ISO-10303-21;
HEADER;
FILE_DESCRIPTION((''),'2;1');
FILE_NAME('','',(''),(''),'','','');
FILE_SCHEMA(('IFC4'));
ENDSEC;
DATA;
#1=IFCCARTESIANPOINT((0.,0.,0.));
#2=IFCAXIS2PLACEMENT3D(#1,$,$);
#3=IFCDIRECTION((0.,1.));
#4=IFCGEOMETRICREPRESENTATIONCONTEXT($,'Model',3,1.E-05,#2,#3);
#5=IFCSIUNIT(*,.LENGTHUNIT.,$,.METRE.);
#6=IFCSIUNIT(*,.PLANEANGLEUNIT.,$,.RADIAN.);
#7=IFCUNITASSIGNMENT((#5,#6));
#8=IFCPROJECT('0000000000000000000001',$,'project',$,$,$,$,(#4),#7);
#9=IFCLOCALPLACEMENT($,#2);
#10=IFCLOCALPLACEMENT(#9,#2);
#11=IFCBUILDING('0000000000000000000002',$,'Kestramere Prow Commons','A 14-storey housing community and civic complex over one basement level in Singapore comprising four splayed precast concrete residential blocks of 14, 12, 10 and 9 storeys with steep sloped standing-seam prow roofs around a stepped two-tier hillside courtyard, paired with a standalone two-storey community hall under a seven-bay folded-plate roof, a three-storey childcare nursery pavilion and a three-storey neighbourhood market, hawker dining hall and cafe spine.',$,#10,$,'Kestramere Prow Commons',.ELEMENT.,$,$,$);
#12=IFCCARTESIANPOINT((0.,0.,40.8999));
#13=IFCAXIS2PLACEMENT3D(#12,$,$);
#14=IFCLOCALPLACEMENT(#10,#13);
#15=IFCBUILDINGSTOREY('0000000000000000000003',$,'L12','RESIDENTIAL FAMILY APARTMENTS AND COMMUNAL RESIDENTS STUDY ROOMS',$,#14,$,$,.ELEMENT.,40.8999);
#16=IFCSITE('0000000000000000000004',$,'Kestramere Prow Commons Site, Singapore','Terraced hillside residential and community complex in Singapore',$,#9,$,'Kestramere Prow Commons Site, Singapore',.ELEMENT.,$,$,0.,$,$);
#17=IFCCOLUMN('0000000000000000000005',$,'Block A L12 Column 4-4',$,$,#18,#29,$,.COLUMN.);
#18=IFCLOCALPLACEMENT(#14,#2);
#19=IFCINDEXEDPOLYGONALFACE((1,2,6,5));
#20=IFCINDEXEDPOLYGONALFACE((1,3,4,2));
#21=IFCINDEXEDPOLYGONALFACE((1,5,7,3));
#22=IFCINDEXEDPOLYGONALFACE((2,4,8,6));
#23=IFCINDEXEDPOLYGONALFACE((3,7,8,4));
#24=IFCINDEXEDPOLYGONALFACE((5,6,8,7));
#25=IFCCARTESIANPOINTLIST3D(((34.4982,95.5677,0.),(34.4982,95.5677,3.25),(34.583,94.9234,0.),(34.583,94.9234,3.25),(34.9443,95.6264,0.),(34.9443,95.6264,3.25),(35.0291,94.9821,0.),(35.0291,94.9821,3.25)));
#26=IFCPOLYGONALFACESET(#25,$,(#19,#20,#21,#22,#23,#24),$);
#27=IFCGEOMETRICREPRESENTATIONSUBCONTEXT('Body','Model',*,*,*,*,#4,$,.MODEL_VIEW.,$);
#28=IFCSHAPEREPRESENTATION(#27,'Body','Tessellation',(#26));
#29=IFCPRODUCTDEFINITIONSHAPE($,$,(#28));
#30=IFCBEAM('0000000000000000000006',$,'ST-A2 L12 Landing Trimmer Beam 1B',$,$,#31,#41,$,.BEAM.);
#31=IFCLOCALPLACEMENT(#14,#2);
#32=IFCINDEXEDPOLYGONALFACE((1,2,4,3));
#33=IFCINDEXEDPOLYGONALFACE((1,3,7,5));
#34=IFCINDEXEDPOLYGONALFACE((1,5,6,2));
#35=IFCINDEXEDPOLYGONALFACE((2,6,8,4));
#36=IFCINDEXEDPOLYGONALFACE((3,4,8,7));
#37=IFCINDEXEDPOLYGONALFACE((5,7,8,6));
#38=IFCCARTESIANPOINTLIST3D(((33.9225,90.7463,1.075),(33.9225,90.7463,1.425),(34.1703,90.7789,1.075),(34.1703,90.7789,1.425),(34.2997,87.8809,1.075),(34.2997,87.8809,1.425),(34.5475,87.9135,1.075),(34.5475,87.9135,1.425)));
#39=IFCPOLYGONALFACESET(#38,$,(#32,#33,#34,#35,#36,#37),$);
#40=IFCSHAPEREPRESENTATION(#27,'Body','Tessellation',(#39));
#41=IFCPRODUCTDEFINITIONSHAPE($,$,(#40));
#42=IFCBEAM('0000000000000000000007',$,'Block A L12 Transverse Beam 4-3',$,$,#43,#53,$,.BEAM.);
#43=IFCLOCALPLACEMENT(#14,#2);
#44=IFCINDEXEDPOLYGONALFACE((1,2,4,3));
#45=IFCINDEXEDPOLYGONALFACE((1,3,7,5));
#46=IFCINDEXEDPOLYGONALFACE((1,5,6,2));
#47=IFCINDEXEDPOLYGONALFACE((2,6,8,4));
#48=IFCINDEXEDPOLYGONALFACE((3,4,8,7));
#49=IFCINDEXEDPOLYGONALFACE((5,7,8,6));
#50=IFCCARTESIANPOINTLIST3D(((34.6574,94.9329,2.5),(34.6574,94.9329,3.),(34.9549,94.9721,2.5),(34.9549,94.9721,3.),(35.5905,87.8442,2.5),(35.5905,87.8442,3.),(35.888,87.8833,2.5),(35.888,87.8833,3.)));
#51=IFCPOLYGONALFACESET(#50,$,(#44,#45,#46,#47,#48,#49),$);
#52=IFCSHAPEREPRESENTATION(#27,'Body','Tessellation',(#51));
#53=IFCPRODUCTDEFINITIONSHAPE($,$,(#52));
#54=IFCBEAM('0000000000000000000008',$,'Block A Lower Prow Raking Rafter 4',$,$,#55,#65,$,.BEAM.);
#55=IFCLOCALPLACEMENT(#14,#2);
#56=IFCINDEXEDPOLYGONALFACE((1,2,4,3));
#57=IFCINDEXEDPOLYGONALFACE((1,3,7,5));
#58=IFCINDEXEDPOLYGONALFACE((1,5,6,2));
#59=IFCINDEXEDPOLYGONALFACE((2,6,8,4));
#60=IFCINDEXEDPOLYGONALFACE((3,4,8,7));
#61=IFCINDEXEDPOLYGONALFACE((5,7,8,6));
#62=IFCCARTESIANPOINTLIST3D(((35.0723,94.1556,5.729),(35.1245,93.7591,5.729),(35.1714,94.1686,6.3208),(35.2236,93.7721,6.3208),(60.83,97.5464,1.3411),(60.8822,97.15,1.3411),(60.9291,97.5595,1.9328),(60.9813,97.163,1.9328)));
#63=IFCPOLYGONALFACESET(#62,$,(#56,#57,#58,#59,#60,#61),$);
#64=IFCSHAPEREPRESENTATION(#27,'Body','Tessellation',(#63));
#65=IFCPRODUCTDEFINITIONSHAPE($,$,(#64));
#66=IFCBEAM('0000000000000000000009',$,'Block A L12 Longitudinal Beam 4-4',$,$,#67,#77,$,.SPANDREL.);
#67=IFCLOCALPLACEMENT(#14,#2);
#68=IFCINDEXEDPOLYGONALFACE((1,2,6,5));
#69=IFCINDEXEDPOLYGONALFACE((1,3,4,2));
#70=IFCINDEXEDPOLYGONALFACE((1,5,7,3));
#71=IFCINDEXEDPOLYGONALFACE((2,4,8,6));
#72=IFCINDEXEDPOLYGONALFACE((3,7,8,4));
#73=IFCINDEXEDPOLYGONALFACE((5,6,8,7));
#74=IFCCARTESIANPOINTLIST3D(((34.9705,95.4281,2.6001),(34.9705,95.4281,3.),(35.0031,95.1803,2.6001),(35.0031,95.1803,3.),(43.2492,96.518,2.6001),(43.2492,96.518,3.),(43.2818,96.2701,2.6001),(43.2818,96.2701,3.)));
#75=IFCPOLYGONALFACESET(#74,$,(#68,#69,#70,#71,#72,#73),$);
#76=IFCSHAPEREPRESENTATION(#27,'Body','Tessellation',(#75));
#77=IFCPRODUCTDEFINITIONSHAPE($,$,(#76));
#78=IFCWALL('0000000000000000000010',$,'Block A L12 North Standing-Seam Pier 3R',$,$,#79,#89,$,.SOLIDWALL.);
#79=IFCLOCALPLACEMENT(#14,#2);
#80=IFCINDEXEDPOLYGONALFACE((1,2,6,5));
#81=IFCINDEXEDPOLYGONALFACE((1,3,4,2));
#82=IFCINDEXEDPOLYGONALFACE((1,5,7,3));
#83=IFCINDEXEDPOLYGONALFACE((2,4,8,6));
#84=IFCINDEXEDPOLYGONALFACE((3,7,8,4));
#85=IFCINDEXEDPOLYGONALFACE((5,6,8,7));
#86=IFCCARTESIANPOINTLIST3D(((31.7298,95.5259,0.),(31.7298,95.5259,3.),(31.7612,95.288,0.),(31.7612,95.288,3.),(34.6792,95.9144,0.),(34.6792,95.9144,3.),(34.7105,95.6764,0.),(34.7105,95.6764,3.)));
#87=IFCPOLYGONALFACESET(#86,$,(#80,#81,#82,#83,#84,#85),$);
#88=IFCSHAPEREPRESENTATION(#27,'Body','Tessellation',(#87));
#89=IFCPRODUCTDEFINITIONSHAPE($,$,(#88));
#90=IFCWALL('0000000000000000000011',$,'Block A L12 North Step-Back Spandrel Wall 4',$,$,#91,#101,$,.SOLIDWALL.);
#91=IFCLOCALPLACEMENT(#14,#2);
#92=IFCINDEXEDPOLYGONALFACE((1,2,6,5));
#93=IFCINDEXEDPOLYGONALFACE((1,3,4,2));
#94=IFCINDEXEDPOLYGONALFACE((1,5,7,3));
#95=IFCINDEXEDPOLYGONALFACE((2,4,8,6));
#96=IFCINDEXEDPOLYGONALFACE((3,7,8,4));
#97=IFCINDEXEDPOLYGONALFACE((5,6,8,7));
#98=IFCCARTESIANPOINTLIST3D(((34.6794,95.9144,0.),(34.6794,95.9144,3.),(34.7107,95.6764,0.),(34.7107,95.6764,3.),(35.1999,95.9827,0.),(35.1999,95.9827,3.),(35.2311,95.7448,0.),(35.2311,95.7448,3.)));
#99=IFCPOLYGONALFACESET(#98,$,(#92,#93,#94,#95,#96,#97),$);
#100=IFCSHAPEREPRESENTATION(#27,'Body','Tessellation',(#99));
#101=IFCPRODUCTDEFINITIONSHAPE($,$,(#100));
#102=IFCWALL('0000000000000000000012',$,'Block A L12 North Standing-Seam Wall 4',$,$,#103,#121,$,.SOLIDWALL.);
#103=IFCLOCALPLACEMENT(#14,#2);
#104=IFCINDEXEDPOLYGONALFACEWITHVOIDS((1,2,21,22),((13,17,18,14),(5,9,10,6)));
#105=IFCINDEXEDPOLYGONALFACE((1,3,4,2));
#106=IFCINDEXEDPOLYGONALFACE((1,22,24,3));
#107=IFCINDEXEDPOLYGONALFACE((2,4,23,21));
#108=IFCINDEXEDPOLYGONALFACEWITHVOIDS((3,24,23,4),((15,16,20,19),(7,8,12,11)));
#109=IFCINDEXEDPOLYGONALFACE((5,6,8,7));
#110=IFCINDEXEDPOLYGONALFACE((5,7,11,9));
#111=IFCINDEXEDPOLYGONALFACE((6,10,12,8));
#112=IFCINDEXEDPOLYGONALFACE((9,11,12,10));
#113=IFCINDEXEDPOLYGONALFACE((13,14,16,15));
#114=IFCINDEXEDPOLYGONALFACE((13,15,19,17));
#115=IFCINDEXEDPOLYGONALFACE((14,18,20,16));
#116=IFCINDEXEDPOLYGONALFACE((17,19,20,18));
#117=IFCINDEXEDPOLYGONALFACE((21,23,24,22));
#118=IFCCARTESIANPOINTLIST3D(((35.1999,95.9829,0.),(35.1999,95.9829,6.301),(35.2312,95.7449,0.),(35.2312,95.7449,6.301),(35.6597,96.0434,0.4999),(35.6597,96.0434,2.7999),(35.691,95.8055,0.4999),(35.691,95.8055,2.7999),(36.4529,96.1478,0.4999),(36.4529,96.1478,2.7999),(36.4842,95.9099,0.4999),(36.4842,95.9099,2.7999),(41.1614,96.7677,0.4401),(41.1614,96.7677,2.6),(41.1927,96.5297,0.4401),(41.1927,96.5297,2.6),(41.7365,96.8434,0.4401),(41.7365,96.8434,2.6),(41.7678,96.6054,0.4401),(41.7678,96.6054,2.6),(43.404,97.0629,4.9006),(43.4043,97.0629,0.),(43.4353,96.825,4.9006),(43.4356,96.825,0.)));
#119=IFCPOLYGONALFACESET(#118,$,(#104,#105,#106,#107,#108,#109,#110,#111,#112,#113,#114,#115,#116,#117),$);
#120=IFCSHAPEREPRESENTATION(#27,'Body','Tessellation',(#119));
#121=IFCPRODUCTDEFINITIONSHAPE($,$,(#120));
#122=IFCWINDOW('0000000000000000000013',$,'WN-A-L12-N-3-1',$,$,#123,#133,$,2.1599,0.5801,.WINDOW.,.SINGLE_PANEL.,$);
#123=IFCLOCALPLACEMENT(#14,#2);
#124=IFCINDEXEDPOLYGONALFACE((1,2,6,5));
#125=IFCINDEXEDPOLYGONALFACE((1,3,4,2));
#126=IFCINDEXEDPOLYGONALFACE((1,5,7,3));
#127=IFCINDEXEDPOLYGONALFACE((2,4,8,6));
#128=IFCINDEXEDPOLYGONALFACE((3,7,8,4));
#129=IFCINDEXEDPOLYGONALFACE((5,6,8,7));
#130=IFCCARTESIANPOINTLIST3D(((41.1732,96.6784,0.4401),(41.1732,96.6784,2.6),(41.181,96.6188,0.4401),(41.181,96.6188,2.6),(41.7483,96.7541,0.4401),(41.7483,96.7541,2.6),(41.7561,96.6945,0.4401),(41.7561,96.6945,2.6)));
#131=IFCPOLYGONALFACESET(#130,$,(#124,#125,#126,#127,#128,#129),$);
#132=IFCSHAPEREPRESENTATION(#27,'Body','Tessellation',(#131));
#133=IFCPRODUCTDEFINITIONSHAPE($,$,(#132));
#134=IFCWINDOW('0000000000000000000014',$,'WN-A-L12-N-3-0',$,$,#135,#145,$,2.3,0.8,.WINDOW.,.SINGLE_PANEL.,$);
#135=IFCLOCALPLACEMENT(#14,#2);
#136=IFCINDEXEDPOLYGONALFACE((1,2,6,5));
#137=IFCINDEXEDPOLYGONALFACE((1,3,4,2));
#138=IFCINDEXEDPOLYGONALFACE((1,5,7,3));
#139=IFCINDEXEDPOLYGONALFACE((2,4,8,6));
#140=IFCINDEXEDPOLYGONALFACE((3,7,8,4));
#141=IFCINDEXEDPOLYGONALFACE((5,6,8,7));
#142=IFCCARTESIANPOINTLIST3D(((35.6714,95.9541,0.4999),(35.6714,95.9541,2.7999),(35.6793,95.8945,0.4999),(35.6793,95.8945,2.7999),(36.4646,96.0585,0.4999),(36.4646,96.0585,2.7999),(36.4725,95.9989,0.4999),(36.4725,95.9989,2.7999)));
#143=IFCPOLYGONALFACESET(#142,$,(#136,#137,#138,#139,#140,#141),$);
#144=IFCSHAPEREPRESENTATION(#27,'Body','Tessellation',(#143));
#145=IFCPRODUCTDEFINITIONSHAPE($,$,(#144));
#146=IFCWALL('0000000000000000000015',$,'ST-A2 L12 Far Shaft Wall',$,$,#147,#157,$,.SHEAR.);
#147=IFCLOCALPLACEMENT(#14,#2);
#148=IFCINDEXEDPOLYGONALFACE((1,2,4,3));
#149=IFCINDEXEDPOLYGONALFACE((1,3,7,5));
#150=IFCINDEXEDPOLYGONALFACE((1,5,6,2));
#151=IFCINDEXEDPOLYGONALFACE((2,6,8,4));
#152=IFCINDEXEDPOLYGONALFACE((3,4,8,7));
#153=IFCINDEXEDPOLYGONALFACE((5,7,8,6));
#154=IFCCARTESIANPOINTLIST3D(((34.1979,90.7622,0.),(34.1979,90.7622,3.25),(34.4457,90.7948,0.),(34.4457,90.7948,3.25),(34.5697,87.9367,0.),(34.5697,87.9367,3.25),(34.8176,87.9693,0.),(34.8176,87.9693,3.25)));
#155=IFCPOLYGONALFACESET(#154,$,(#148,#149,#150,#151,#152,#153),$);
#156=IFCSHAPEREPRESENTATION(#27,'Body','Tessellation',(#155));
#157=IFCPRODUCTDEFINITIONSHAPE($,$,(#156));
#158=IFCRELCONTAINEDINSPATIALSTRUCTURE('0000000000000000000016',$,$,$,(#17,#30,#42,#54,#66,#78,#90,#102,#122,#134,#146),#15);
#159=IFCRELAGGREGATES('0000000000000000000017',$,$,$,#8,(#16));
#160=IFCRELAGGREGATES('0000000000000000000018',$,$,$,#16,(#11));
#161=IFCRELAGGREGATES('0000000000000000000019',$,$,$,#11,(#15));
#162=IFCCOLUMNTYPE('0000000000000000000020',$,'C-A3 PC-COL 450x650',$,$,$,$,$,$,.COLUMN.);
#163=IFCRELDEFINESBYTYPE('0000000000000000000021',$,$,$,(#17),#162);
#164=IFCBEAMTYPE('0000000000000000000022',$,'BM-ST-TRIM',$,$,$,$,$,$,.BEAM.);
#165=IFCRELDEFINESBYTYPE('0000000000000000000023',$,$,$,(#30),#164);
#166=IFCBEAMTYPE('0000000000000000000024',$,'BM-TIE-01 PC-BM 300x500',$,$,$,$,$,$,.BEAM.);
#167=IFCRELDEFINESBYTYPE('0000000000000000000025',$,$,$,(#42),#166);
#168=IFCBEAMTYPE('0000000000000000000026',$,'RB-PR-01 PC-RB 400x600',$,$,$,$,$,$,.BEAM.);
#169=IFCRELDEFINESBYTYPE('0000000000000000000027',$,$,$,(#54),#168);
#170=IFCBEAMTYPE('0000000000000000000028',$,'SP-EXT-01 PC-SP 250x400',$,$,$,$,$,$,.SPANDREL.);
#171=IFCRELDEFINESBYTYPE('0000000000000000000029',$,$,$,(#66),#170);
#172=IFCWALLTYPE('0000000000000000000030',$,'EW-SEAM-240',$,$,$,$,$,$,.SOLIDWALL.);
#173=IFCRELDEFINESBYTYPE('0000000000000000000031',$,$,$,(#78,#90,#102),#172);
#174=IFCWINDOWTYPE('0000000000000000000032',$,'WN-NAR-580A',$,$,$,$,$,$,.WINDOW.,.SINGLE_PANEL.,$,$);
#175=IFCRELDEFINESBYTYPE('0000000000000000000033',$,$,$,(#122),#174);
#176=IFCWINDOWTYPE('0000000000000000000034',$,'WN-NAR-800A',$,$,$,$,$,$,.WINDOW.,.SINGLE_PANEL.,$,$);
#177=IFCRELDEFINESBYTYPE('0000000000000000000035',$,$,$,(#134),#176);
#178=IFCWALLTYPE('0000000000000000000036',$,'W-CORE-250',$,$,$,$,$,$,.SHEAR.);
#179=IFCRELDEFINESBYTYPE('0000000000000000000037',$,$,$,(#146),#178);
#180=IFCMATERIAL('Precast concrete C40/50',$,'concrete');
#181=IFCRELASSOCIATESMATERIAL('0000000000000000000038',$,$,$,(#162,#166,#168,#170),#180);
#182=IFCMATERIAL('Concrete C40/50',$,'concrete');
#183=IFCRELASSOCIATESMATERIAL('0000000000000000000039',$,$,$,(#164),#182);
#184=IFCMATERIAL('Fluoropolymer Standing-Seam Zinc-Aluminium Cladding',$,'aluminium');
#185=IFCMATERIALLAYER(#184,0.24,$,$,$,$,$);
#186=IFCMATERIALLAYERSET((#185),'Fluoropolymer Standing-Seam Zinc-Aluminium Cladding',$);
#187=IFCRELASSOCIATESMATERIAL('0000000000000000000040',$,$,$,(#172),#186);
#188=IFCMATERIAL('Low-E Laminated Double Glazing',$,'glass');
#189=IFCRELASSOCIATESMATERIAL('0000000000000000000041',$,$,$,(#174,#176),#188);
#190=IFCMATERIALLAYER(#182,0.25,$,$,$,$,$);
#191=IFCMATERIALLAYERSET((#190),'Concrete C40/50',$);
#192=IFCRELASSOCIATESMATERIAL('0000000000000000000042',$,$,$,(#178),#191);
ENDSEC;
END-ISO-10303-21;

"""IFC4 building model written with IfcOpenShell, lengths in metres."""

from ifc_helpers import new_model, si_unit, direction, frame, frame_2d, origin, origin_2d, place, context, subcontext, project, spatial, polyline, rectangle, outline, extrude, material, layer, layer_set, material_profile, profile_set, type_object, element, fill, save


model = new_model("IFC4")

# Units and contexts
model_context = context("Model", 3, precision=1e-05, world=origin(), true_north=direction((0.0, 1.0)))
body_context = subcontext(model_context, "Body", "Model", "MODEL_VIEW")
ifc_project = project(units=[si_unit("LENGTHUNIT", "METRE"), si_unit("PLANEANGLEUNIT", "RADIAN")], contexts=[model_context])

# Site, building, storey
site_placement = place(None, origin())
site = spatial("IfcSite", under=ifc_project, at=site_placement, Name="Kestramere Prow Commons Site, Singapore", Description="Terraced hillside residential and community complex in Singapore", LongName="Kestramere Prow Commons Site, Singapore", CompositionType="ELEMENT", RefElevation=0.0)
building_placement = place(site_placement, origin())
building = spatial("IfcBuilding", under=site, at=building_placement, Name="Kestramere Prow Commons", Description="A 14-storey housing community and civic complex over one basement level in Singapore comprising four splayed precast concrete residential blocks of 14, 12, 10 and 9 storeys with steep sloped standing-seam prow roofs around a stepped two-tier hillside courtyard, paired with a standalone two-storey community hall under a seven-bay folded-plate roof, a three-storey childcare nursery pavilion and a three-storey neighbourhood market, hawker dining hall and cafe spine.", LongName="Kestramere Prow Commons", CompositionType="ELEMENT")
storey_placement = place(building_placement, frame((0.0, 0.0, 40.8999)))
storey = spatial("IfcBuildingStorey", under=building, at=storey_placement, Name="L12", Description="RESIDENTIAL FAMILY APARTMENTS AND COMMUNAL RESIDENTS STUDY ROOMS", CompositionType="ELEMENT", Elevation=40.8999)

# Column
ifc_material_1 = material(Name="Precast concrete C40/50", Category="concrete")
ifc_material_profile_1 = material_profile(ifc_material_1, rectangle(XDim=0.45, YDim=0.6499, at=origin_2d()), Name="PC-COL 450x650")
ifc_profile_set_1 = profile_set([ifc_material_profile_1], Name="Precast concrete C40/50")
column_type = type_object("IfcColumnType", Name="C-A3 PC-COL 450x650", PredefinedType="COLUMN", material=ifc_profile_set_1)
column_placement = place(storey_placement, frame((34.7637, 95.2749, 0.0), z_axis=(0.0, 0.0, 1.0), x_axis=(0.991445, 0.130526, 0.0)))
element("IfcColumn", 1, at=column_placement, inside=storey, type_object=column_type, Name="Block A L12 Column 4-4", PredefinedType="COLUMN", context=body_context, shape_type="SweptSolid", body=[
    extrude(rectangle(XDim=0.45, YDim=0.6499, at=origin_2d()), origin(), (0.0, 0.0, 1.0), 3.25),
])

# Beams
ifc_material_2 = material(Name="Concrete C40/50", Category="concrete")
ifc_material_profile_2 = material_profile(ifc_material_2, rectangle(XDim=0.25, YDim=0.3501, at=origin_2d()), Name="PC-BM 250x350")
ifc_profile_set_2 = profile_set([ifc_material_profile_2], Name="Concrete C40/50")
beam_type_1 = type_object("IfcBeamType", Name="BM-ST-TRIM", PredefinedType="BEAM", material=ifc_profile_set_2)
beam_1_placement = place(storey_placement, frame((34.4236, 87.8972, 1.25), z_axis=(-0.130509, 0.991447, 0.0), x_axis=(-0.991447, -0.130509, 0.0)))
element("IfcBeam", 2, at=beam_1_placement, inside=storey, type_object=beam_type_1, Name="ST-A2 L12 Landing Trimmer Beam 1B", PredefinedType="BEAM", context=body_context, shape_type="SweptSolid", body=[
    extrude(rectangle(XDim=0.25, YDim=0.3501, at=origin_2d()), origin(), (0.0, 0.0, 1.0), 2.8901),
])
ifc_material_profile_3 = material_profile(ifc_material_1, rectangle(XDim=0.3, YDim=0.5, at=origin_2d()), Name="PC-BM 300x500")
ifc_profile_set_3 = profile_set([ifc_material_profile_3], Name="Precast concrete C40/50")
beam_type_2 = type_object("IfcBeamType", Name="BM-TIE-01 PC-BM 300x500", PredefinedType="BEAM", material=ifc_profile_set_3)
beam_2_placement = place(storey_placement, frame((35.7393, 87.8638, 2.75), z_axis=(-0.130504, 0.991448, 0.0), x_axis=(-0.991448, -0.130504, 0.0)))
element("IfcBeam", 3, at=beam_2_placement, inside=storey, type_object=beam_type_2, Name="Block A L12 Transverse Beam 4-3", PredefinedType="BEAM", context=body_context, shape_type="SweptSolid", body=[
    extrude(rectangle(XDim=0.3, YDim=0.5, at=origin_2d()), origin(), (0.0, 0.0, 1.0), 7.1499),
])
ifc_material_profile_4 = material_profile(ifc_material_1, rectangle(XDim=0.3999, YDim=0.6001, at=origin_2d()), Name="PC-RB 400x600")
ifc_profile_set_4 = profile_set([ifc_material_profile_4], Name="Precast concrete C40/50")
beam_type_3 = type_object("IfcBeamType", Name="RB-PR-01 PC-RB 400x600", PredefinedType="BEAM", material=ifc_profile_set_4)
beam_3_placement = place(storey_placement, frame((35.1479, 93.9639, 6.0249), z_axis=(0.9776, 0.128696, -0.166538), x_axis=(-0.130518, 0.991446, 0.0)))
element("IfcBeam", 4, at=beam_3_placement, inside=storey, type_object=beam_type_3, Name="Block A Lower Prow Raking Rafter 4", PredefinedType="BEAM", context=body_context, shape_type="SweptSolid", body=[
    extrude(rectangle(XDim=0.3999, YDim=0.6001, at=origin_2d()), origin(), (0.0, 0.0, 1.0), 26.3479),
])
ifc_material_profile_5 = material_profile(ifc_material_1, rectangle(XDim=0.25, YDim=0.3999, at=origin_2d()), Name="PC-SP 250x400")
ifc_profile_set_5 = profile_set([ifc_material_profile_5], Name="Precast concrete C40/50")
beam_type_4 = type_object("IfcBeamType", Name="SP-EXT-01 PC-SP 250x400", PredefinedType="SPANDREL", material=ifc_profile_set_5)
beam_4_placement = place(storey_placement, frame((34.9868, 95.3042, 2.8), z_axis=(0.991446, 0.13052, 0.0), x_axis=(-0.13052, 0.991446, 0.0)))
element("IfcBeam", 5, at=beam_4_placement, inside=storey, type_object=beam_type_4, Name="Block A L12 Longitudinal Beam 4-4", PredefinedType="SPANDREL", context=body_context, shape_type="SweptSolid", body=[
    extrude(rectangle(XDim=0.25, YDim=0.3999, at=origin_2d()), origin(), (0.0, 0.0, 1.0), 8.3501),
])

# Walls
ifc_material_3 = material(Name="Fluoropolymer Standing-Seam Zinc-Aluminium Cladding", Category="aluminium")
ifc_layer_1 = layer(ifc_material_3, 0.24)
ifc_layer_set_1 = layer_set([ifc_layer_1], Name="Fluoropolymer Standing-Seam Zinc-Aluminium Cladding")
wall_type_1 = type_object("IfcWallType", Name="EW-SEAM-240", PredefinedType="SOLIDWALL", material=ifc_layer_set_1)
wall_1_placement = place(storey_placement, frame((31.7456, 95.407, 0.0), z_axis=(0.0, 0.0, 1.0), x_axis=(0.991439, 0.130567, 0.0)))
element("IfcWall", 6, at=wall_1_placement, inside=storey, type_object=wall_type_1, Name="Block A L12 North Standing-Seam Pier 3R", PredefinedType="SOLIDWALL", context=body_context, shape_type="SweptSolid", body=[
    extrude(rectangle(XDim=2.9749, YDim=0.24, at=frame_2d((1.4873, 0.0))), origin(), (0.0, 0.0, 1.0), 3.0),
])
wall_2_placement = place(storey_placement, frame((34.6951, 95.7954, 0.0), z_axis=(0.0, 0.0, 1.0), x_axis=(0.991486, 0.130214, 0.0)))
element("IfcWall", 7, at=wall_2_placement, inside=storey, type_object=wall_type_1, Name="Block A L12 North Step-Back Spandrel Wall 4", PredefinedType="SOLIDWALL", context=body_context, shape_type="SweptSolid", body=[
    extrude(rectangle(XDim=0.5249, YDim=0.24, at=frame_2d((0.2625, 0.0))), origin(), (0.0, 0.0, 1.0), 3.0),
])

# Wall, openings, windows
wall_3_placement = place(storey_placement, frame((35.2156, 95.8638, 0.0), z_axis=(0.0, 0.0, 1.0), x_axis=(0.991446, 0.130521, 0.0)))
wall_3 = element("IfcWall", 8, at=wall_3_placement, inside=storey, type_object=wall_type_1, Name="Block A L12 North Standing-Seam Wall 4", PredefinedType="SOLIDWALL", context=body_context, shape_type="SweptSolid", body=[
    extrude(outline(polyline([(0.0, 0.0), (8.2751, 0.0), (8.2749, 4.9006), (0.0, 6.301), (0.0, 0.0)])), frame((0.0, 0.1201, 0.0), z_axis=(0.0, -1.0, 0.0), x_axis=(1.0, 0.0, 0.0)), (0.0, 0.0, 1.0), 0.24),
])
opening_1_placement = place(wall_3_placement, frame((0.4639, 0.0, 0.5)))
opening_1 = element("IfcOpeningElement", 9, at=opening_1_placement, cuts=wall_3, PredefinedType="OPENING", context=body_context, shape_type="SweptSolid", body=[
    extrude(rectangle(XDim=0.8, YDim=2.3, at=frame_2d((0.3999, 1.1499))), frame((0.0, 0.135, 0.0), z_axis=(0.0, -1.0, 0.0), x_axis=(1.0, 0.0, 0.0)), (0.0, 0.0, 1.0), 0.27),
])
opening_2_placement = place(wall_3_placement, frame((6.0129, 0.0, 0.4399)))
opening_2 = element("IfcOpeningElement", 10, at=opening_2_placement, cuts=wall_3, PredefinedType="OPENING", context=body_context, shape_type="SweptSolid", body=[
    extrude(rectangle(XDim=0.5801, YDim=2.1599, at=frame_2d((0.29, 1.0801))), frame((0.0, 0.135, 0.0), z_axis=(0.0, -1.0, 0.0), x_axis=(1.0, 0.0, 0.0)), (0.0, 0.0, 1.0), 0.27),
])
ifc_material_4 = material(Name="Low-E Laminated Double Glazing", Category="glass")
window_type_1 = type_object("IfcWindowType", Name="WN-NAR-580A", PartitioningType="SINGLE_PANEL", PredefinedType="WINDOW", material=ifc_material_4)
window_1_placement = place(opening_2_placement, origin())
window_1 = element("IfcWindow", 11, at=window_1_placement, inside=storey, type_object=window_type_1, Name="WN-A-L12-N-3-1", OverallHeight=2.1599, OverallWidth=0.5801, PartitioningType="SINGLE_PANEL", PredefinedType="WINDOW", context=body_context, shape_type="SweptSolid", body=[
    extrude(rectangle(XDim=0.5801, YDim=2.1599, at=frame_2d((0.29, 1.0801))), frame((0.0, 0.03, 0.0), z_axis=(0.0, -1.0, 0.0), x_axis=(1.0, 0.0, 0.0)), (0.0, 0.0, 1.0), 0.0601),
])
fill(opening_2, window_1)
window_type_2 = type_object("IfcWindowType", Name="WN-NAR-800A", PartitioningType="SINGLE_PANEL", PredefinedType="WINDOW", material=ifc_material_4)
window_2_placement = place(opening_1_placement, origin())
window_2 = element("IfcWindow", 12, at=window_2_placement, inside=storey, type_object=window_type_2, Name="WN-A-L12-N-3-0", OverallHeight=2.3, OverallWidth=0.8, PartitioningType="SINGLE_PANEL", PredefinedType="WINDOW", context=body_context, shape_type="SweptSolid", body=[
    extrude(rectangle(XDim=0.8, YDim=2.3, at=frame_2d((0.3999, 1.1499))), frame((0.0, 0.03, 0.0), z_axis=(0.0, -1.0, 0.0), x_axis=(1.0, 0.0, 0.0)), (0.0, 0.0, 1.0), 0.0601),
])
fill(opening_1, window_2)

# Wall
ifc_layer_2 = layer(ifc_material_2, 0.25)
ifc_layer_set_2 = layer_set([ifc_layer_2], Name="Concrete C40/50")
wall_type_2 = type_object("IfcWallType", Name="W-CORE-250", PredefinedType="SHEAR", material=ifc_layer_set_2)
wall_4_placement = place(storey_placement, frame((34.6936, 87.9531, 0.0), z_axis=(0.0, 0.0, 1.0), x_axis=(-0.130474, 0.991452, 0.0)))
element("IfcWall", 13, at=wall_4_placement, inside=storey, type_object=wall_type_2, Name="ST-A2 L12 Far Shaft Wall", PredefinedType="SHEAR", context=body_context, shape_type="SweptSolid", body=[
    extrude(rectangle(XDim=2.8499, YDim=0.25, at=frame_2d((1.4248, 0.0))), origin(), (0.0, 0.0, 1.0), 3.25),
])

save(model, "model.ifc")
